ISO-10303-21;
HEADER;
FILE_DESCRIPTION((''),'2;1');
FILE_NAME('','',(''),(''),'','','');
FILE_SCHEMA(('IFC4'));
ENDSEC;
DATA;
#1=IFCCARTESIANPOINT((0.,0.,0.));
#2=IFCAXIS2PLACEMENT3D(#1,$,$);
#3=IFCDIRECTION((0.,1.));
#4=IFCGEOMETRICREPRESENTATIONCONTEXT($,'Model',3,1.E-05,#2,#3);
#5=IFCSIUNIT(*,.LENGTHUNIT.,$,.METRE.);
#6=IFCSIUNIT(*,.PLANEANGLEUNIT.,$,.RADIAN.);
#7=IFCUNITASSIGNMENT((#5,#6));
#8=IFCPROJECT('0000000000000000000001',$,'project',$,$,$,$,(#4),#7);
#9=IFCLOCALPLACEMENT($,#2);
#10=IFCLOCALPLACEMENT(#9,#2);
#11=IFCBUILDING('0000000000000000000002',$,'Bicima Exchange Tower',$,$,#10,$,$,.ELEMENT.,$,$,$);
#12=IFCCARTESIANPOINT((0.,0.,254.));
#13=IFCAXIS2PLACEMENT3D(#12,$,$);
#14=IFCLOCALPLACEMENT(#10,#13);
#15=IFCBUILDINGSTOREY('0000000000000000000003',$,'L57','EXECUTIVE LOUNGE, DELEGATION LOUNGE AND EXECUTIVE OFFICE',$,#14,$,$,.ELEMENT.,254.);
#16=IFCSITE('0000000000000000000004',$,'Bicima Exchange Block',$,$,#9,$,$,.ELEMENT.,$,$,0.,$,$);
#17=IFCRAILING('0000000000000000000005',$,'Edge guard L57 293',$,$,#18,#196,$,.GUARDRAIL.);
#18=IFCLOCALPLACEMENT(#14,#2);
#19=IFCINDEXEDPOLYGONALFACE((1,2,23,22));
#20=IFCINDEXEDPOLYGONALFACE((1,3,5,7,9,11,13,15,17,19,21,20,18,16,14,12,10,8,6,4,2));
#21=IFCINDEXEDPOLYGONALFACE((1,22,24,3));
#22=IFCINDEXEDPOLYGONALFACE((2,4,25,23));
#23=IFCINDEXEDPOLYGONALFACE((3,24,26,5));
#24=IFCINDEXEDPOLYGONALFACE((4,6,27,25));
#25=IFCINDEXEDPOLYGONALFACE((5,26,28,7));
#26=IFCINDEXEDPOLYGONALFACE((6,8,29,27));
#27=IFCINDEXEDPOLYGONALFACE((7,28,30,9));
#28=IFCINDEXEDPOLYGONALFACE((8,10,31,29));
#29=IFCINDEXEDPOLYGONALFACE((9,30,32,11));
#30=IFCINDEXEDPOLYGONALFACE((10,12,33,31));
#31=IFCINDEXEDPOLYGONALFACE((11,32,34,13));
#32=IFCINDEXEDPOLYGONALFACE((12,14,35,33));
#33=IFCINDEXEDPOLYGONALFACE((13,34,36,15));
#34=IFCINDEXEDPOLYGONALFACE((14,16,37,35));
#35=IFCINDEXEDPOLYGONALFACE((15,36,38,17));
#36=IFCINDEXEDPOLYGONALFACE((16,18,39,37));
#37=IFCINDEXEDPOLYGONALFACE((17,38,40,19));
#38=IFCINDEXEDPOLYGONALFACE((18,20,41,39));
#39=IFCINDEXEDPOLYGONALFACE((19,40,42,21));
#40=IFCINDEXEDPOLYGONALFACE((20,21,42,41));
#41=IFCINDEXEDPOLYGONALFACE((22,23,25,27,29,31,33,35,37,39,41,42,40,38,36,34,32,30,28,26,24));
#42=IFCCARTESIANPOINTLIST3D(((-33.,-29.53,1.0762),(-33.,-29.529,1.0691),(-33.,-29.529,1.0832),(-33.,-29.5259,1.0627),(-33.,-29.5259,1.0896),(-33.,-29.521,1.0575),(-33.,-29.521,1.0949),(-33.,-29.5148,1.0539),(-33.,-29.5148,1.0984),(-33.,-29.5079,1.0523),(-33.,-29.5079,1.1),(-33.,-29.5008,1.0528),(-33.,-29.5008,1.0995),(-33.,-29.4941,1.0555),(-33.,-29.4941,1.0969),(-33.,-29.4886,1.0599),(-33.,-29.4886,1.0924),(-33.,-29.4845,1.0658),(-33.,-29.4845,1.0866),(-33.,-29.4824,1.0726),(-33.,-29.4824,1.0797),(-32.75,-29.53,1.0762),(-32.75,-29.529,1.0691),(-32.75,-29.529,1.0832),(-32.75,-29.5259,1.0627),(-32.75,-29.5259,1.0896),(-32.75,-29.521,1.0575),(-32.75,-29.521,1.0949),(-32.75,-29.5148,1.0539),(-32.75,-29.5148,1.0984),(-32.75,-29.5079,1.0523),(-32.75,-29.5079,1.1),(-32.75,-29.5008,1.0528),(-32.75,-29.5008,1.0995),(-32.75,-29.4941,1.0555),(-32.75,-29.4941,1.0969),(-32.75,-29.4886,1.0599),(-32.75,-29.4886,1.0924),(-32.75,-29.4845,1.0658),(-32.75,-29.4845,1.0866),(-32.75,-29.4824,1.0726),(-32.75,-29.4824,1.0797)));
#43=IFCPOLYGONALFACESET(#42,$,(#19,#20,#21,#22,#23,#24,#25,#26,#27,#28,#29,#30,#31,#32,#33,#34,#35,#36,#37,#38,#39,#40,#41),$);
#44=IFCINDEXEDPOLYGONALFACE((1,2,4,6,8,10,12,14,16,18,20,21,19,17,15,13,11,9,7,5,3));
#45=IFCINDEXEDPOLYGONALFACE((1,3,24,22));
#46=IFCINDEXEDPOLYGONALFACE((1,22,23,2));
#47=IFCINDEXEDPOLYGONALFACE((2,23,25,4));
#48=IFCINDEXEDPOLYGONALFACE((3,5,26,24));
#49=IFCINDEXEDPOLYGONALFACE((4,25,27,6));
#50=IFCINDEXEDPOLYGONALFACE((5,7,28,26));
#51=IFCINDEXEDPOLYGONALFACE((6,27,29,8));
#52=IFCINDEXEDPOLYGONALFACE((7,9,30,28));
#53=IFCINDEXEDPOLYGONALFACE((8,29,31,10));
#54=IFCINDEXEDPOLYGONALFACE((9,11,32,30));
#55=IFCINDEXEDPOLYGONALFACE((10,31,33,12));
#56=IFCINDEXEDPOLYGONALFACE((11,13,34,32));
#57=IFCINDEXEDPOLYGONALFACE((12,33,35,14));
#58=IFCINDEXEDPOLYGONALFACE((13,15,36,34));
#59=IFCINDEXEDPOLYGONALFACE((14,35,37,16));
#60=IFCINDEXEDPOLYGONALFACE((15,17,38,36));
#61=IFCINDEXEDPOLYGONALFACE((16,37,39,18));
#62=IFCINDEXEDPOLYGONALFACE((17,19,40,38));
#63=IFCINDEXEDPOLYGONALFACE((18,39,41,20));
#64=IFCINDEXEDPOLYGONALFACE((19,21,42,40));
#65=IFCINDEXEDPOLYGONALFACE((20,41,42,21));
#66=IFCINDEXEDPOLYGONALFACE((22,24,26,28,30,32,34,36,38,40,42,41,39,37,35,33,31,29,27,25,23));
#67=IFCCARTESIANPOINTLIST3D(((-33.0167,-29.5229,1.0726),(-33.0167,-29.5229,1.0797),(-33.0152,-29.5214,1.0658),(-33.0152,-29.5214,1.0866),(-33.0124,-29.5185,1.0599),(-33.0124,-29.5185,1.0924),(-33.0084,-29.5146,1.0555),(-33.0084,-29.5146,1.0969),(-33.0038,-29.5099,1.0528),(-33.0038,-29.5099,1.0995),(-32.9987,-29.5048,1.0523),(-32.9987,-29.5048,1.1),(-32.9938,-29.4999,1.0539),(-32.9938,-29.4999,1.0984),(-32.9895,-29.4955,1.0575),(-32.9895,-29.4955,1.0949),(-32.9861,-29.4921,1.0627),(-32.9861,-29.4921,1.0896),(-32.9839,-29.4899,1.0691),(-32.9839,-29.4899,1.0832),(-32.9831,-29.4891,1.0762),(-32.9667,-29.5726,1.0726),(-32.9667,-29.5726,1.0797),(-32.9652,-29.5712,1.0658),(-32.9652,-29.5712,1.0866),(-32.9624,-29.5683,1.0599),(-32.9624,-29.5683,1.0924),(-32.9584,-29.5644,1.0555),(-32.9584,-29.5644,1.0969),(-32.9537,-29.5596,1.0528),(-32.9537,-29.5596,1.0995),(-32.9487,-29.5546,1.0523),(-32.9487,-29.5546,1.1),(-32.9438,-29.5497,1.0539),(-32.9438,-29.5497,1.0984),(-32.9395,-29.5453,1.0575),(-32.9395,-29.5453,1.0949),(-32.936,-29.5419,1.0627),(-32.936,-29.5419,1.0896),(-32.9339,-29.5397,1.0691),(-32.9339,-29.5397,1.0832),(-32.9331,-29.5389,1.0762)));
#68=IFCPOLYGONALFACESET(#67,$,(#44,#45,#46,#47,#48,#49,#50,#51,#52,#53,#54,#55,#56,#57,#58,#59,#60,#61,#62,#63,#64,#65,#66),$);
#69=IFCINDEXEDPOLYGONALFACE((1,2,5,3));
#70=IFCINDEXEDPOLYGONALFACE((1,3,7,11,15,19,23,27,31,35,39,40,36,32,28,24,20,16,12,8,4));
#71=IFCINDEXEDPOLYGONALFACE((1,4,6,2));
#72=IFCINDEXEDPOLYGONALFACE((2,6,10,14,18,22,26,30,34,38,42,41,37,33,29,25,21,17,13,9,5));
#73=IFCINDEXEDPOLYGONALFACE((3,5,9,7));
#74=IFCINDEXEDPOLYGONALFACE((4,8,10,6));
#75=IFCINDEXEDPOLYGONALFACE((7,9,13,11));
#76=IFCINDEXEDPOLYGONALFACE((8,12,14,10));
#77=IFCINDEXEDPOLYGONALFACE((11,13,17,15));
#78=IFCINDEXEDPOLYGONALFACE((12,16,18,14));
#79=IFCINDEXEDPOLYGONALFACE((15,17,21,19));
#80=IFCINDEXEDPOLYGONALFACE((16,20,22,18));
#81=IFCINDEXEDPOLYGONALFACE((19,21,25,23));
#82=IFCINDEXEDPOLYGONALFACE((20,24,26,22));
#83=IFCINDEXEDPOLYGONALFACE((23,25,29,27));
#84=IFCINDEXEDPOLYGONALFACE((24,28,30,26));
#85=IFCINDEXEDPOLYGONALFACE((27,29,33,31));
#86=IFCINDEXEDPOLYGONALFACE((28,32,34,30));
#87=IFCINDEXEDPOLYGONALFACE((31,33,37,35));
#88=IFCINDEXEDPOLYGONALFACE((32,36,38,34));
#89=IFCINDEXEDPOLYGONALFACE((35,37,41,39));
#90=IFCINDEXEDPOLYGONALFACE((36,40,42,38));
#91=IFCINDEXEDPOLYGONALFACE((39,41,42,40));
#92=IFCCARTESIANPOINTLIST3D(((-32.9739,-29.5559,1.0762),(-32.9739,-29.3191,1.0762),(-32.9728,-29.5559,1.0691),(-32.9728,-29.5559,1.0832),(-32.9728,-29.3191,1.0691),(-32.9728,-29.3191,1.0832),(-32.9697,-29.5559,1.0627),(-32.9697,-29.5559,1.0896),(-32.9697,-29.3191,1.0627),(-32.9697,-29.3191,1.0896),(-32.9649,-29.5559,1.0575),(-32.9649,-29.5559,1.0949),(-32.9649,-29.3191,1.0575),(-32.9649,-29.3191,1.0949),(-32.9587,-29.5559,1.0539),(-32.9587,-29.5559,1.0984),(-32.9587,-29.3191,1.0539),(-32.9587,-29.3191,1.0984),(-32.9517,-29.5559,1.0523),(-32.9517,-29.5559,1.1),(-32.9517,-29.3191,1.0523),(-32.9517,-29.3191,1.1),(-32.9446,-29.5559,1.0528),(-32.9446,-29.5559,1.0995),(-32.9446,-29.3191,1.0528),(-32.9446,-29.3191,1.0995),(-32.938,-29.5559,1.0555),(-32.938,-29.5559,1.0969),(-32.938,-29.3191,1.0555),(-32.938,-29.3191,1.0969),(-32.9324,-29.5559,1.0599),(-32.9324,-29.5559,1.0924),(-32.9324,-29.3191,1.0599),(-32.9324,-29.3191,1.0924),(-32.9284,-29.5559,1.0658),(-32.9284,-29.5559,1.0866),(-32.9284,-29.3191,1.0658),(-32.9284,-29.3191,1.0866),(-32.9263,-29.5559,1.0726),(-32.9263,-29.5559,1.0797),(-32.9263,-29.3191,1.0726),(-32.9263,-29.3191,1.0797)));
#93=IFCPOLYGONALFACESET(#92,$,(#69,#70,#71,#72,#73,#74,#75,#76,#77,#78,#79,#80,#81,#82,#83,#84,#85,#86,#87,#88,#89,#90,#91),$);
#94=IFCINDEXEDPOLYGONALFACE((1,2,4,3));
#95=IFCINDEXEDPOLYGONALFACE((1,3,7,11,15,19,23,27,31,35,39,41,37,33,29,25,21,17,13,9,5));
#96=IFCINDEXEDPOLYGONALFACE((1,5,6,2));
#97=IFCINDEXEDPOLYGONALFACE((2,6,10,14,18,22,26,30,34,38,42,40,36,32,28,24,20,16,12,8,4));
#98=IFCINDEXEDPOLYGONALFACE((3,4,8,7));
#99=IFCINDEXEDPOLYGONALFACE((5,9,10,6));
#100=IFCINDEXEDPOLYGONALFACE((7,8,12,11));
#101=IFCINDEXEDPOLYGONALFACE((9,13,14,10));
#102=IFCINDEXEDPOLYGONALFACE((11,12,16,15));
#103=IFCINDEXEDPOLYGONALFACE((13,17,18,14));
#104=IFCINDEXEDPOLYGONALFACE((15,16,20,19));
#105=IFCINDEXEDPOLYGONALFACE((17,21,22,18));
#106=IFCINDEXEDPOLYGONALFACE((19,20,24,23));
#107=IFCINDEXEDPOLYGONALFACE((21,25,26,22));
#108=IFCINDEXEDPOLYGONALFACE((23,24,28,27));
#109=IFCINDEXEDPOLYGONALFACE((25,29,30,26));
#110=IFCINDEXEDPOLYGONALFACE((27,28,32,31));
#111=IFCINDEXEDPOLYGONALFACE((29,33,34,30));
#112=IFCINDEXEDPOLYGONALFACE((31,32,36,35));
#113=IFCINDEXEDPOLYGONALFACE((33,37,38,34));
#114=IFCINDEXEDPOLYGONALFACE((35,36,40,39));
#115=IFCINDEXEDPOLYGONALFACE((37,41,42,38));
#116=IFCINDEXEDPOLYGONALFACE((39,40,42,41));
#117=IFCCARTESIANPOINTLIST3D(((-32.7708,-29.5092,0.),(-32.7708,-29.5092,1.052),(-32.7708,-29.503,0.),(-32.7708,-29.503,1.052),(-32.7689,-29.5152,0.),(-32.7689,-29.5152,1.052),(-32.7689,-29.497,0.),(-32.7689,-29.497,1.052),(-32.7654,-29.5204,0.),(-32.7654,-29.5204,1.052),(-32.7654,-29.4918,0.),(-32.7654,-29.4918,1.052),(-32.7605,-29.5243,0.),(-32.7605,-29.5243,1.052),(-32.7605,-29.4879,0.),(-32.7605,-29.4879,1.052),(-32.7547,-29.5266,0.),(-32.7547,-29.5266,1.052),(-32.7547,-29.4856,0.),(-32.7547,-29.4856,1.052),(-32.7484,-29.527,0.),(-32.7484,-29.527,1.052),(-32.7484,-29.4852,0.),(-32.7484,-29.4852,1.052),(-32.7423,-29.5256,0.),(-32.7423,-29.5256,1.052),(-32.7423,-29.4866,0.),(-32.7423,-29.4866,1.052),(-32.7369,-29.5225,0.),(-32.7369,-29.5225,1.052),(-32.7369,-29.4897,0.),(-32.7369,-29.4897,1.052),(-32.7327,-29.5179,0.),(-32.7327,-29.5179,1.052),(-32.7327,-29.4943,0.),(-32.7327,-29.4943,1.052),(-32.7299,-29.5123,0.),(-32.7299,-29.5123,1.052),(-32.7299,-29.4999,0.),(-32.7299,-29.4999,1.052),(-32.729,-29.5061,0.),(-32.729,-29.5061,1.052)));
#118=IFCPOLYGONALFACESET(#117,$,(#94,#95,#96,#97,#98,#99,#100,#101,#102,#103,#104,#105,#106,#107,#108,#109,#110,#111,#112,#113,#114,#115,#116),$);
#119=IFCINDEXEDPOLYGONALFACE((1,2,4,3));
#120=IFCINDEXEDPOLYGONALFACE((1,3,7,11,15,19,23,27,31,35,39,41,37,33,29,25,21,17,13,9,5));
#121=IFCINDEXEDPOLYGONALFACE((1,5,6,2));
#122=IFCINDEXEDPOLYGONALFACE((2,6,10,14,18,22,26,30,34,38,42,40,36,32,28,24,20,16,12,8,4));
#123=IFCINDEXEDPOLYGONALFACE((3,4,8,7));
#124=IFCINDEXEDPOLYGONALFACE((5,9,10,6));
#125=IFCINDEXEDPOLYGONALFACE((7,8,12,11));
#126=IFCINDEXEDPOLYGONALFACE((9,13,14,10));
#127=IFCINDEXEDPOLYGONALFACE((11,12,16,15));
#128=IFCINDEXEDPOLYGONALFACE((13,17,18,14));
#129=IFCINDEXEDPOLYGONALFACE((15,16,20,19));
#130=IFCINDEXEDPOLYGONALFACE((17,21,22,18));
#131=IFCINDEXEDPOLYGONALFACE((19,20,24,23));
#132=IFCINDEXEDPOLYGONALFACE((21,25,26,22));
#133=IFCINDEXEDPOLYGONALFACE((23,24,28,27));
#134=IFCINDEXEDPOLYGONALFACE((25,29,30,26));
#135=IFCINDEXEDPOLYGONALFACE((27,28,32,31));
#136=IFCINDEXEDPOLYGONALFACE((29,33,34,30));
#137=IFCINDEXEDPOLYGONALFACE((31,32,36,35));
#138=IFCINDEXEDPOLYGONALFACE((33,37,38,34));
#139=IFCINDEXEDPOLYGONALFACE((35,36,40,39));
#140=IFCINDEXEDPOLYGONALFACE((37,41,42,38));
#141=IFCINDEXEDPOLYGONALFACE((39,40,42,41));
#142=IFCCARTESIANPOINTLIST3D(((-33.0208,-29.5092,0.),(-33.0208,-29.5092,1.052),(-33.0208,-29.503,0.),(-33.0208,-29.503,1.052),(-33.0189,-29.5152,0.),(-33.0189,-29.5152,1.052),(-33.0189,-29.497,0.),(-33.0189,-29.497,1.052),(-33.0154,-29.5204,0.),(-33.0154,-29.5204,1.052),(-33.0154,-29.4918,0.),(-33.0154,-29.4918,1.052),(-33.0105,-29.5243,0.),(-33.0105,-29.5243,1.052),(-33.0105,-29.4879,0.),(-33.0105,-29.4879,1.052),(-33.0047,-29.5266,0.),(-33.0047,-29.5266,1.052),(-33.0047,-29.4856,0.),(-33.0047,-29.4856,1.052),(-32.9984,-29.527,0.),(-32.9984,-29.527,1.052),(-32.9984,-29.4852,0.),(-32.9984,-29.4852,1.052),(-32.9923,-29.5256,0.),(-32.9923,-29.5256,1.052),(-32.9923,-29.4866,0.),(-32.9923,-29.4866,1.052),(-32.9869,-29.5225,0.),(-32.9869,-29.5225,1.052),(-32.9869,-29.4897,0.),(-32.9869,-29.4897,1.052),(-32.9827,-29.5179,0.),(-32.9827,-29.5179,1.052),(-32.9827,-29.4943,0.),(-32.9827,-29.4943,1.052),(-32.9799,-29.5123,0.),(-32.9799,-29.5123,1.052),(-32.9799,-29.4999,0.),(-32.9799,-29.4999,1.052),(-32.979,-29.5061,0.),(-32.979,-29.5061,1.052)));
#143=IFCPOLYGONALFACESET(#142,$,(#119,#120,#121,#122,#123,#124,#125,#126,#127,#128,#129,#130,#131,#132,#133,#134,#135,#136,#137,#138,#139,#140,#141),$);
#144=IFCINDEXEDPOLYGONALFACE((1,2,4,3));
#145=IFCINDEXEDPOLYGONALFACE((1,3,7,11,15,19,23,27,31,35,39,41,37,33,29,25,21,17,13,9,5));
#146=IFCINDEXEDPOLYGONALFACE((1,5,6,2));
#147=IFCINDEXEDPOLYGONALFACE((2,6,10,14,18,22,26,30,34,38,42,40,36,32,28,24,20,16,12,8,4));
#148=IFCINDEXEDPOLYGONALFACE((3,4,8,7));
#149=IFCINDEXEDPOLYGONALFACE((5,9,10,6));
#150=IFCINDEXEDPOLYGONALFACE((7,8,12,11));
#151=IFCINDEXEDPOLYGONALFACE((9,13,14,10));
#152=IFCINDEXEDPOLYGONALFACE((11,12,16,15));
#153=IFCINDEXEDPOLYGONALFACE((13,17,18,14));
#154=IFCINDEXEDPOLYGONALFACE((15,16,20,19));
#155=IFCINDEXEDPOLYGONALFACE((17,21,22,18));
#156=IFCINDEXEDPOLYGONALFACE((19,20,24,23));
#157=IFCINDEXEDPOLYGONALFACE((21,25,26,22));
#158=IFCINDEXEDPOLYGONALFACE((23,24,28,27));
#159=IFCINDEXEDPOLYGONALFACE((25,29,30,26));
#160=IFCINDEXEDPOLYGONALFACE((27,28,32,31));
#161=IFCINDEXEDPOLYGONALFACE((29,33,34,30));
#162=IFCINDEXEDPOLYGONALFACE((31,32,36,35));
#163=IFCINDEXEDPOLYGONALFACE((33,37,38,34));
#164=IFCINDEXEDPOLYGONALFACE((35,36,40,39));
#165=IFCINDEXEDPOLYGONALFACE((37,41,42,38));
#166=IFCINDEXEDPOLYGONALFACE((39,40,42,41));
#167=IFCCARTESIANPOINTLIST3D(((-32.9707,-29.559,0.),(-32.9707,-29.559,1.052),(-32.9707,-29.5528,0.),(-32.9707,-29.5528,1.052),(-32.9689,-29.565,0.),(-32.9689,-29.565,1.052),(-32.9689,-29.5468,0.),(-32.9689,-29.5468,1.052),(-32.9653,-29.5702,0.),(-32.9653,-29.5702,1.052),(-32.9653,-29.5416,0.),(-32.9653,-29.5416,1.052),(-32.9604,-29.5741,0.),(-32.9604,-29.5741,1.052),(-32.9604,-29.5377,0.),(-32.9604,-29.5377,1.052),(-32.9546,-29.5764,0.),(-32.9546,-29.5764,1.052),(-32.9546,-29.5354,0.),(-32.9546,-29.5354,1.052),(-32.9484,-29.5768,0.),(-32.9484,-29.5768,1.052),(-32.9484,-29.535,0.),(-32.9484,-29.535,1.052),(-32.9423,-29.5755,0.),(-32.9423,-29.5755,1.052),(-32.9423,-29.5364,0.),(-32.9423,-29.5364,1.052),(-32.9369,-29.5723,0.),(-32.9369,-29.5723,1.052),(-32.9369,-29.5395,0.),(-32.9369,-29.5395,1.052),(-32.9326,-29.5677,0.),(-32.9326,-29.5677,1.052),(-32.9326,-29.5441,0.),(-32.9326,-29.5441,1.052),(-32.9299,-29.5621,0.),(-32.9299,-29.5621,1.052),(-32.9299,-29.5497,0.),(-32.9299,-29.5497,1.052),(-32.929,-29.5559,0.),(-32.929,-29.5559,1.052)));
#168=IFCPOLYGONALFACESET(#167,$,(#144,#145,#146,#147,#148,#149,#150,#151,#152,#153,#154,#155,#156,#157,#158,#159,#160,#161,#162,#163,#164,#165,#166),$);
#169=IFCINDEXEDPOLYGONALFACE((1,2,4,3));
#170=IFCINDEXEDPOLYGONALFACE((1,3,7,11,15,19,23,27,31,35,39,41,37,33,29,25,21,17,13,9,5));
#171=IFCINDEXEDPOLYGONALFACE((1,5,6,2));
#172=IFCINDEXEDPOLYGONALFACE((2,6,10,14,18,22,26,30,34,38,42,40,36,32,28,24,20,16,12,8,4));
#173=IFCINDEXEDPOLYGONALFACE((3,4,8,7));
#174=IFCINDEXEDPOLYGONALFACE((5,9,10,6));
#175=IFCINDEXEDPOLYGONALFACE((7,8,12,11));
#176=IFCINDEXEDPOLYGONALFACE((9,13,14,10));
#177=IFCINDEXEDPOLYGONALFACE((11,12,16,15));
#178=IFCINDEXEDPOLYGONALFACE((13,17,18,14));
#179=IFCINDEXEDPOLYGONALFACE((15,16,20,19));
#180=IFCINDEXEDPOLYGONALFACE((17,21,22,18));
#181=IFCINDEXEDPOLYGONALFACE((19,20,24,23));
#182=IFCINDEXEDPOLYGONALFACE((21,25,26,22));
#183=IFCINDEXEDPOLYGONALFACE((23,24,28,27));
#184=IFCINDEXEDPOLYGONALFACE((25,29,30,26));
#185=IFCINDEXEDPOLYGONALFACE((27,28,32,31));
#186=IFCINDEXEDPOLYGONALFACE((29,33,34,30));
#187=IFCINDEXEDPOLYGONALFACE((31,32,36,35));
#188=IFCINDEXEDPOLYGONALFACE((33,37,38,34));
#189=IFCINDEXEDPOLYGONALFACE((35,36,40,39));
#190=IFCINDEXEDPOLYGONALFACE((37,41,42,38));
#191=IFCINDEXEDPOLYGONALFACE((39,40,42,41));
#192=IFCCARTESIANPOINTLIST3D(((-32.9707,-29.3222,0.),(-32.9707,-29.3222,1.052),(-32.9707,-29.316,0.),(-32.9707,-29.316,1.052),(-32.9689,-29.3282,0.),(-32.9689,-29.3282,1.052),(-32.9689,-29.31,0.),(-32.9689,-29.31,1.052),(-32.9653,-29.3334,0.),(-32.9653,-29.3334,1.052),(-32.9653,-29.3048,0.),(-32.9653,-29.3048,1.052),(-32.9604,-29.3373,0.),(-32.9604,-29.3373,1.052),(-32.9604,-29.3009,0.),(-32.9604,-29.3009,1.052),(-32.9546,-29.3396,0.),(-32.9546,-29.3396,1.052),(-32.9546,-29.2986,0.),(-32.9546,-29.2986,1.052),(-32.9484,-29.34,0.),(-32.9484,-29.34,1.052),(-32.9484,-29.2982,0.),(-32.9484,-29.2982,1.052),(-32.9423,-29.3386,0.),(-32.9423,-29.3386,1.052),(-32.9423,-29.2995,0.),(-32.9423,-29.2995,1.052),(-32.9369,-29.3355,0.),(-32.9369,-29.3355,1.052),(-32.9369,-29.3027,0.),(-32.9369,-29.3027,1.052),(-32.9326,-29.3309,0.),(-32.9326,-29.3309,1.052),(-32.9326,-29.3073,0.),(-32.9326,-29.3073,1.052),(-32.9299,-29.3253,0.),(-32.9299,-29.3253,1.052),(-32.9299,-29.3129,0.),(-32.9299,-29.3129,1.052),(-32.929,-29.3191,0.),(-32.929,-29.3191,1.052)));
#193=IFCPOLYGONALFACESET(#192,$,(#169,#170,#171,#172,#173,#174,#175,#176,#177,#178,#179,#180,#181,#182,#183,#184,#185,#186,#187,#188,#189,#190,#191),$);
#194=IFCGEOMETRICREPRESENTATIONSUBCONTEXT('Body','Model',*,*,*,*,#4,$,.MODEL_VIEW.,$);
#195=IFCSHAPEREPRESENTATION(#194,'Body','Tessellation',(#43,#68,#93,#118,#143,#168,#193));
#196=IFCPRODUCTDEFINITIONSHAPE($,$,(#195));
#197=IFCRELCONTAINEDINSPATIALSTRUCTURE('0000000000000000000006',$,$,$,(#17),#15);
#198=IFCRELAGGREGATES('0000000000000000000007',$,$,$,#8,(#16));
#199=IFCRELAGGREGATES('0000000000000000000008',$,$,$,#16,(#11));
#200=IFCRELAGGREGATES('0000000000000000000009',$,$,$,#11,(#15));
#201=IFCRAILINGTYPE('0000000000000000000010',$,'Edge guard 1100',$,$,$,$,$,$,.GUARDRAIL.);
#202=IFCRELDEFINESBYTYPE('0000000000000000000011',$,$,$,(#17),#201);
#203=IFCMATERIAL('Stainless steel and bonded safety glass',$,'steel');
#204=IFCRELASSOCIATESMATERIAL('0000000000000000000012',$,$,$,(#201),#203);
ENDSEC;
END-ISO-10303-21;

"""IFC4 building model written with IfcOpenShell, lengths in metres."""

from ifc_helpers import new_model, si_unit, direction, frame, origin, origin_2d, place, context, subcontext, project, spatial, circle, extrude, material, type_object, element, save


model = new_model("IFC4")

# Units and contexts
model_context = context("Model", 3, precision=1e-05, world=origin(), true_north=direction((0.0, 1.0)))
body_context = subcontext(model_context, "Body", "Model", "MODEL_VIEW")
ifc_project = project(units=[si_unit("LENGTHUNIT", "METRE"), si_unit("PLANEANGLEUNIT", "RADIAN")], contexts=[model_context])

# Site, building, storey
site_placement = place(None, origin())
site = spatial("IfcSite", under=ifc_project, at=site_placement, Name="Bicima Exchange Block", CompositionType="ELEMENT", RefElevation=0.0)
building_placement = place(site_placement, origin())
building = spatial("IfcBuilding", under=site, at=building_placement, Name="Bicima Exchange Tower", CompositionType="ELEMENT")
storey_placement = place(building_placement, frame((0.0, 0.0, 254.0)))
storey = spatial("IfcBuildingStorey", under=building, at=storey_placement, Name="L57", Description="EXECUTIVE LOUNGE, DELEGATION LOUNGE AND EXECUTIVE OFFICE", CompositionType="ELEMENT", Elevation=254.0)

# Railing
ifc_material_1 = material(Name="Stainless steel and bonded safety glass", Category="steel")
railing_type = type_object("IfcRailingType", Name="Edge guard 1100", PredefinedType="GUARDRAIL", material=ifc_material_1)
railing_1_placement = place(storey_placement, frame((-32.75, -29.5061, 0.0)))
element("IfcRailing", 1, at=railing_1_placement, inside=storey, type_object=railing_type, Name="Edge guard L57 293", PredefinedType="GUARDRAIL", context=body_context, shape_type="SweptSolid", body=[
    extrude(circle(Radius=0.0239, at=origin_2d()), frame((0.0, 0.0, 1.0762), z_axis=(-1.0, 0.0, 0.0), x_axis=(0.0, -1.0, 0.0)), (0.0, 0.0, 1.0), 0.25),
    extrude(circle(Radius=0.0239, at=origin_2d()), frame((-0.25, 0.0, 1.0762), z_axis=(0.708834, -0.705376, 0.0), x_axis=(0.705376, 0.708834, 0.0)), (0.0, 0.0, 1.0), 0.0706),
    extrude(circle(Radius=0.0239, at=origin_2d()), frame((-0.2, -0.0498, 1.0762), z_axis=(0.0, 1.0, 0.0), x_axis=(-1.0, 0.0, 0.0)), (0.0, 0.0, 1.0), 0.2368),
    extrude(circle(Radius=0.021, at=origin_2d()), origin(), (0.0, 0.0, 1.0), 1.052),
    extrude(circle(Radius=0.021, at=origin_2d()), frame((-0.25, 0.0, 0.0)), (0.0, 0.0, 1.0), 1.052),
    extrude(circle(Radius=0.021, at=origin_2d()), frame((-0.2, -0.0498, 0.0)), (0.0, 0.0, 1.0), 1.052),
    extrude(circle(Radius=0.021, at=origin_2d()), frame((-0.2, 0.187, 0.0)), (0.0, 0.0, 1.0), 1.052),
])

save(model, "model.ifc")
